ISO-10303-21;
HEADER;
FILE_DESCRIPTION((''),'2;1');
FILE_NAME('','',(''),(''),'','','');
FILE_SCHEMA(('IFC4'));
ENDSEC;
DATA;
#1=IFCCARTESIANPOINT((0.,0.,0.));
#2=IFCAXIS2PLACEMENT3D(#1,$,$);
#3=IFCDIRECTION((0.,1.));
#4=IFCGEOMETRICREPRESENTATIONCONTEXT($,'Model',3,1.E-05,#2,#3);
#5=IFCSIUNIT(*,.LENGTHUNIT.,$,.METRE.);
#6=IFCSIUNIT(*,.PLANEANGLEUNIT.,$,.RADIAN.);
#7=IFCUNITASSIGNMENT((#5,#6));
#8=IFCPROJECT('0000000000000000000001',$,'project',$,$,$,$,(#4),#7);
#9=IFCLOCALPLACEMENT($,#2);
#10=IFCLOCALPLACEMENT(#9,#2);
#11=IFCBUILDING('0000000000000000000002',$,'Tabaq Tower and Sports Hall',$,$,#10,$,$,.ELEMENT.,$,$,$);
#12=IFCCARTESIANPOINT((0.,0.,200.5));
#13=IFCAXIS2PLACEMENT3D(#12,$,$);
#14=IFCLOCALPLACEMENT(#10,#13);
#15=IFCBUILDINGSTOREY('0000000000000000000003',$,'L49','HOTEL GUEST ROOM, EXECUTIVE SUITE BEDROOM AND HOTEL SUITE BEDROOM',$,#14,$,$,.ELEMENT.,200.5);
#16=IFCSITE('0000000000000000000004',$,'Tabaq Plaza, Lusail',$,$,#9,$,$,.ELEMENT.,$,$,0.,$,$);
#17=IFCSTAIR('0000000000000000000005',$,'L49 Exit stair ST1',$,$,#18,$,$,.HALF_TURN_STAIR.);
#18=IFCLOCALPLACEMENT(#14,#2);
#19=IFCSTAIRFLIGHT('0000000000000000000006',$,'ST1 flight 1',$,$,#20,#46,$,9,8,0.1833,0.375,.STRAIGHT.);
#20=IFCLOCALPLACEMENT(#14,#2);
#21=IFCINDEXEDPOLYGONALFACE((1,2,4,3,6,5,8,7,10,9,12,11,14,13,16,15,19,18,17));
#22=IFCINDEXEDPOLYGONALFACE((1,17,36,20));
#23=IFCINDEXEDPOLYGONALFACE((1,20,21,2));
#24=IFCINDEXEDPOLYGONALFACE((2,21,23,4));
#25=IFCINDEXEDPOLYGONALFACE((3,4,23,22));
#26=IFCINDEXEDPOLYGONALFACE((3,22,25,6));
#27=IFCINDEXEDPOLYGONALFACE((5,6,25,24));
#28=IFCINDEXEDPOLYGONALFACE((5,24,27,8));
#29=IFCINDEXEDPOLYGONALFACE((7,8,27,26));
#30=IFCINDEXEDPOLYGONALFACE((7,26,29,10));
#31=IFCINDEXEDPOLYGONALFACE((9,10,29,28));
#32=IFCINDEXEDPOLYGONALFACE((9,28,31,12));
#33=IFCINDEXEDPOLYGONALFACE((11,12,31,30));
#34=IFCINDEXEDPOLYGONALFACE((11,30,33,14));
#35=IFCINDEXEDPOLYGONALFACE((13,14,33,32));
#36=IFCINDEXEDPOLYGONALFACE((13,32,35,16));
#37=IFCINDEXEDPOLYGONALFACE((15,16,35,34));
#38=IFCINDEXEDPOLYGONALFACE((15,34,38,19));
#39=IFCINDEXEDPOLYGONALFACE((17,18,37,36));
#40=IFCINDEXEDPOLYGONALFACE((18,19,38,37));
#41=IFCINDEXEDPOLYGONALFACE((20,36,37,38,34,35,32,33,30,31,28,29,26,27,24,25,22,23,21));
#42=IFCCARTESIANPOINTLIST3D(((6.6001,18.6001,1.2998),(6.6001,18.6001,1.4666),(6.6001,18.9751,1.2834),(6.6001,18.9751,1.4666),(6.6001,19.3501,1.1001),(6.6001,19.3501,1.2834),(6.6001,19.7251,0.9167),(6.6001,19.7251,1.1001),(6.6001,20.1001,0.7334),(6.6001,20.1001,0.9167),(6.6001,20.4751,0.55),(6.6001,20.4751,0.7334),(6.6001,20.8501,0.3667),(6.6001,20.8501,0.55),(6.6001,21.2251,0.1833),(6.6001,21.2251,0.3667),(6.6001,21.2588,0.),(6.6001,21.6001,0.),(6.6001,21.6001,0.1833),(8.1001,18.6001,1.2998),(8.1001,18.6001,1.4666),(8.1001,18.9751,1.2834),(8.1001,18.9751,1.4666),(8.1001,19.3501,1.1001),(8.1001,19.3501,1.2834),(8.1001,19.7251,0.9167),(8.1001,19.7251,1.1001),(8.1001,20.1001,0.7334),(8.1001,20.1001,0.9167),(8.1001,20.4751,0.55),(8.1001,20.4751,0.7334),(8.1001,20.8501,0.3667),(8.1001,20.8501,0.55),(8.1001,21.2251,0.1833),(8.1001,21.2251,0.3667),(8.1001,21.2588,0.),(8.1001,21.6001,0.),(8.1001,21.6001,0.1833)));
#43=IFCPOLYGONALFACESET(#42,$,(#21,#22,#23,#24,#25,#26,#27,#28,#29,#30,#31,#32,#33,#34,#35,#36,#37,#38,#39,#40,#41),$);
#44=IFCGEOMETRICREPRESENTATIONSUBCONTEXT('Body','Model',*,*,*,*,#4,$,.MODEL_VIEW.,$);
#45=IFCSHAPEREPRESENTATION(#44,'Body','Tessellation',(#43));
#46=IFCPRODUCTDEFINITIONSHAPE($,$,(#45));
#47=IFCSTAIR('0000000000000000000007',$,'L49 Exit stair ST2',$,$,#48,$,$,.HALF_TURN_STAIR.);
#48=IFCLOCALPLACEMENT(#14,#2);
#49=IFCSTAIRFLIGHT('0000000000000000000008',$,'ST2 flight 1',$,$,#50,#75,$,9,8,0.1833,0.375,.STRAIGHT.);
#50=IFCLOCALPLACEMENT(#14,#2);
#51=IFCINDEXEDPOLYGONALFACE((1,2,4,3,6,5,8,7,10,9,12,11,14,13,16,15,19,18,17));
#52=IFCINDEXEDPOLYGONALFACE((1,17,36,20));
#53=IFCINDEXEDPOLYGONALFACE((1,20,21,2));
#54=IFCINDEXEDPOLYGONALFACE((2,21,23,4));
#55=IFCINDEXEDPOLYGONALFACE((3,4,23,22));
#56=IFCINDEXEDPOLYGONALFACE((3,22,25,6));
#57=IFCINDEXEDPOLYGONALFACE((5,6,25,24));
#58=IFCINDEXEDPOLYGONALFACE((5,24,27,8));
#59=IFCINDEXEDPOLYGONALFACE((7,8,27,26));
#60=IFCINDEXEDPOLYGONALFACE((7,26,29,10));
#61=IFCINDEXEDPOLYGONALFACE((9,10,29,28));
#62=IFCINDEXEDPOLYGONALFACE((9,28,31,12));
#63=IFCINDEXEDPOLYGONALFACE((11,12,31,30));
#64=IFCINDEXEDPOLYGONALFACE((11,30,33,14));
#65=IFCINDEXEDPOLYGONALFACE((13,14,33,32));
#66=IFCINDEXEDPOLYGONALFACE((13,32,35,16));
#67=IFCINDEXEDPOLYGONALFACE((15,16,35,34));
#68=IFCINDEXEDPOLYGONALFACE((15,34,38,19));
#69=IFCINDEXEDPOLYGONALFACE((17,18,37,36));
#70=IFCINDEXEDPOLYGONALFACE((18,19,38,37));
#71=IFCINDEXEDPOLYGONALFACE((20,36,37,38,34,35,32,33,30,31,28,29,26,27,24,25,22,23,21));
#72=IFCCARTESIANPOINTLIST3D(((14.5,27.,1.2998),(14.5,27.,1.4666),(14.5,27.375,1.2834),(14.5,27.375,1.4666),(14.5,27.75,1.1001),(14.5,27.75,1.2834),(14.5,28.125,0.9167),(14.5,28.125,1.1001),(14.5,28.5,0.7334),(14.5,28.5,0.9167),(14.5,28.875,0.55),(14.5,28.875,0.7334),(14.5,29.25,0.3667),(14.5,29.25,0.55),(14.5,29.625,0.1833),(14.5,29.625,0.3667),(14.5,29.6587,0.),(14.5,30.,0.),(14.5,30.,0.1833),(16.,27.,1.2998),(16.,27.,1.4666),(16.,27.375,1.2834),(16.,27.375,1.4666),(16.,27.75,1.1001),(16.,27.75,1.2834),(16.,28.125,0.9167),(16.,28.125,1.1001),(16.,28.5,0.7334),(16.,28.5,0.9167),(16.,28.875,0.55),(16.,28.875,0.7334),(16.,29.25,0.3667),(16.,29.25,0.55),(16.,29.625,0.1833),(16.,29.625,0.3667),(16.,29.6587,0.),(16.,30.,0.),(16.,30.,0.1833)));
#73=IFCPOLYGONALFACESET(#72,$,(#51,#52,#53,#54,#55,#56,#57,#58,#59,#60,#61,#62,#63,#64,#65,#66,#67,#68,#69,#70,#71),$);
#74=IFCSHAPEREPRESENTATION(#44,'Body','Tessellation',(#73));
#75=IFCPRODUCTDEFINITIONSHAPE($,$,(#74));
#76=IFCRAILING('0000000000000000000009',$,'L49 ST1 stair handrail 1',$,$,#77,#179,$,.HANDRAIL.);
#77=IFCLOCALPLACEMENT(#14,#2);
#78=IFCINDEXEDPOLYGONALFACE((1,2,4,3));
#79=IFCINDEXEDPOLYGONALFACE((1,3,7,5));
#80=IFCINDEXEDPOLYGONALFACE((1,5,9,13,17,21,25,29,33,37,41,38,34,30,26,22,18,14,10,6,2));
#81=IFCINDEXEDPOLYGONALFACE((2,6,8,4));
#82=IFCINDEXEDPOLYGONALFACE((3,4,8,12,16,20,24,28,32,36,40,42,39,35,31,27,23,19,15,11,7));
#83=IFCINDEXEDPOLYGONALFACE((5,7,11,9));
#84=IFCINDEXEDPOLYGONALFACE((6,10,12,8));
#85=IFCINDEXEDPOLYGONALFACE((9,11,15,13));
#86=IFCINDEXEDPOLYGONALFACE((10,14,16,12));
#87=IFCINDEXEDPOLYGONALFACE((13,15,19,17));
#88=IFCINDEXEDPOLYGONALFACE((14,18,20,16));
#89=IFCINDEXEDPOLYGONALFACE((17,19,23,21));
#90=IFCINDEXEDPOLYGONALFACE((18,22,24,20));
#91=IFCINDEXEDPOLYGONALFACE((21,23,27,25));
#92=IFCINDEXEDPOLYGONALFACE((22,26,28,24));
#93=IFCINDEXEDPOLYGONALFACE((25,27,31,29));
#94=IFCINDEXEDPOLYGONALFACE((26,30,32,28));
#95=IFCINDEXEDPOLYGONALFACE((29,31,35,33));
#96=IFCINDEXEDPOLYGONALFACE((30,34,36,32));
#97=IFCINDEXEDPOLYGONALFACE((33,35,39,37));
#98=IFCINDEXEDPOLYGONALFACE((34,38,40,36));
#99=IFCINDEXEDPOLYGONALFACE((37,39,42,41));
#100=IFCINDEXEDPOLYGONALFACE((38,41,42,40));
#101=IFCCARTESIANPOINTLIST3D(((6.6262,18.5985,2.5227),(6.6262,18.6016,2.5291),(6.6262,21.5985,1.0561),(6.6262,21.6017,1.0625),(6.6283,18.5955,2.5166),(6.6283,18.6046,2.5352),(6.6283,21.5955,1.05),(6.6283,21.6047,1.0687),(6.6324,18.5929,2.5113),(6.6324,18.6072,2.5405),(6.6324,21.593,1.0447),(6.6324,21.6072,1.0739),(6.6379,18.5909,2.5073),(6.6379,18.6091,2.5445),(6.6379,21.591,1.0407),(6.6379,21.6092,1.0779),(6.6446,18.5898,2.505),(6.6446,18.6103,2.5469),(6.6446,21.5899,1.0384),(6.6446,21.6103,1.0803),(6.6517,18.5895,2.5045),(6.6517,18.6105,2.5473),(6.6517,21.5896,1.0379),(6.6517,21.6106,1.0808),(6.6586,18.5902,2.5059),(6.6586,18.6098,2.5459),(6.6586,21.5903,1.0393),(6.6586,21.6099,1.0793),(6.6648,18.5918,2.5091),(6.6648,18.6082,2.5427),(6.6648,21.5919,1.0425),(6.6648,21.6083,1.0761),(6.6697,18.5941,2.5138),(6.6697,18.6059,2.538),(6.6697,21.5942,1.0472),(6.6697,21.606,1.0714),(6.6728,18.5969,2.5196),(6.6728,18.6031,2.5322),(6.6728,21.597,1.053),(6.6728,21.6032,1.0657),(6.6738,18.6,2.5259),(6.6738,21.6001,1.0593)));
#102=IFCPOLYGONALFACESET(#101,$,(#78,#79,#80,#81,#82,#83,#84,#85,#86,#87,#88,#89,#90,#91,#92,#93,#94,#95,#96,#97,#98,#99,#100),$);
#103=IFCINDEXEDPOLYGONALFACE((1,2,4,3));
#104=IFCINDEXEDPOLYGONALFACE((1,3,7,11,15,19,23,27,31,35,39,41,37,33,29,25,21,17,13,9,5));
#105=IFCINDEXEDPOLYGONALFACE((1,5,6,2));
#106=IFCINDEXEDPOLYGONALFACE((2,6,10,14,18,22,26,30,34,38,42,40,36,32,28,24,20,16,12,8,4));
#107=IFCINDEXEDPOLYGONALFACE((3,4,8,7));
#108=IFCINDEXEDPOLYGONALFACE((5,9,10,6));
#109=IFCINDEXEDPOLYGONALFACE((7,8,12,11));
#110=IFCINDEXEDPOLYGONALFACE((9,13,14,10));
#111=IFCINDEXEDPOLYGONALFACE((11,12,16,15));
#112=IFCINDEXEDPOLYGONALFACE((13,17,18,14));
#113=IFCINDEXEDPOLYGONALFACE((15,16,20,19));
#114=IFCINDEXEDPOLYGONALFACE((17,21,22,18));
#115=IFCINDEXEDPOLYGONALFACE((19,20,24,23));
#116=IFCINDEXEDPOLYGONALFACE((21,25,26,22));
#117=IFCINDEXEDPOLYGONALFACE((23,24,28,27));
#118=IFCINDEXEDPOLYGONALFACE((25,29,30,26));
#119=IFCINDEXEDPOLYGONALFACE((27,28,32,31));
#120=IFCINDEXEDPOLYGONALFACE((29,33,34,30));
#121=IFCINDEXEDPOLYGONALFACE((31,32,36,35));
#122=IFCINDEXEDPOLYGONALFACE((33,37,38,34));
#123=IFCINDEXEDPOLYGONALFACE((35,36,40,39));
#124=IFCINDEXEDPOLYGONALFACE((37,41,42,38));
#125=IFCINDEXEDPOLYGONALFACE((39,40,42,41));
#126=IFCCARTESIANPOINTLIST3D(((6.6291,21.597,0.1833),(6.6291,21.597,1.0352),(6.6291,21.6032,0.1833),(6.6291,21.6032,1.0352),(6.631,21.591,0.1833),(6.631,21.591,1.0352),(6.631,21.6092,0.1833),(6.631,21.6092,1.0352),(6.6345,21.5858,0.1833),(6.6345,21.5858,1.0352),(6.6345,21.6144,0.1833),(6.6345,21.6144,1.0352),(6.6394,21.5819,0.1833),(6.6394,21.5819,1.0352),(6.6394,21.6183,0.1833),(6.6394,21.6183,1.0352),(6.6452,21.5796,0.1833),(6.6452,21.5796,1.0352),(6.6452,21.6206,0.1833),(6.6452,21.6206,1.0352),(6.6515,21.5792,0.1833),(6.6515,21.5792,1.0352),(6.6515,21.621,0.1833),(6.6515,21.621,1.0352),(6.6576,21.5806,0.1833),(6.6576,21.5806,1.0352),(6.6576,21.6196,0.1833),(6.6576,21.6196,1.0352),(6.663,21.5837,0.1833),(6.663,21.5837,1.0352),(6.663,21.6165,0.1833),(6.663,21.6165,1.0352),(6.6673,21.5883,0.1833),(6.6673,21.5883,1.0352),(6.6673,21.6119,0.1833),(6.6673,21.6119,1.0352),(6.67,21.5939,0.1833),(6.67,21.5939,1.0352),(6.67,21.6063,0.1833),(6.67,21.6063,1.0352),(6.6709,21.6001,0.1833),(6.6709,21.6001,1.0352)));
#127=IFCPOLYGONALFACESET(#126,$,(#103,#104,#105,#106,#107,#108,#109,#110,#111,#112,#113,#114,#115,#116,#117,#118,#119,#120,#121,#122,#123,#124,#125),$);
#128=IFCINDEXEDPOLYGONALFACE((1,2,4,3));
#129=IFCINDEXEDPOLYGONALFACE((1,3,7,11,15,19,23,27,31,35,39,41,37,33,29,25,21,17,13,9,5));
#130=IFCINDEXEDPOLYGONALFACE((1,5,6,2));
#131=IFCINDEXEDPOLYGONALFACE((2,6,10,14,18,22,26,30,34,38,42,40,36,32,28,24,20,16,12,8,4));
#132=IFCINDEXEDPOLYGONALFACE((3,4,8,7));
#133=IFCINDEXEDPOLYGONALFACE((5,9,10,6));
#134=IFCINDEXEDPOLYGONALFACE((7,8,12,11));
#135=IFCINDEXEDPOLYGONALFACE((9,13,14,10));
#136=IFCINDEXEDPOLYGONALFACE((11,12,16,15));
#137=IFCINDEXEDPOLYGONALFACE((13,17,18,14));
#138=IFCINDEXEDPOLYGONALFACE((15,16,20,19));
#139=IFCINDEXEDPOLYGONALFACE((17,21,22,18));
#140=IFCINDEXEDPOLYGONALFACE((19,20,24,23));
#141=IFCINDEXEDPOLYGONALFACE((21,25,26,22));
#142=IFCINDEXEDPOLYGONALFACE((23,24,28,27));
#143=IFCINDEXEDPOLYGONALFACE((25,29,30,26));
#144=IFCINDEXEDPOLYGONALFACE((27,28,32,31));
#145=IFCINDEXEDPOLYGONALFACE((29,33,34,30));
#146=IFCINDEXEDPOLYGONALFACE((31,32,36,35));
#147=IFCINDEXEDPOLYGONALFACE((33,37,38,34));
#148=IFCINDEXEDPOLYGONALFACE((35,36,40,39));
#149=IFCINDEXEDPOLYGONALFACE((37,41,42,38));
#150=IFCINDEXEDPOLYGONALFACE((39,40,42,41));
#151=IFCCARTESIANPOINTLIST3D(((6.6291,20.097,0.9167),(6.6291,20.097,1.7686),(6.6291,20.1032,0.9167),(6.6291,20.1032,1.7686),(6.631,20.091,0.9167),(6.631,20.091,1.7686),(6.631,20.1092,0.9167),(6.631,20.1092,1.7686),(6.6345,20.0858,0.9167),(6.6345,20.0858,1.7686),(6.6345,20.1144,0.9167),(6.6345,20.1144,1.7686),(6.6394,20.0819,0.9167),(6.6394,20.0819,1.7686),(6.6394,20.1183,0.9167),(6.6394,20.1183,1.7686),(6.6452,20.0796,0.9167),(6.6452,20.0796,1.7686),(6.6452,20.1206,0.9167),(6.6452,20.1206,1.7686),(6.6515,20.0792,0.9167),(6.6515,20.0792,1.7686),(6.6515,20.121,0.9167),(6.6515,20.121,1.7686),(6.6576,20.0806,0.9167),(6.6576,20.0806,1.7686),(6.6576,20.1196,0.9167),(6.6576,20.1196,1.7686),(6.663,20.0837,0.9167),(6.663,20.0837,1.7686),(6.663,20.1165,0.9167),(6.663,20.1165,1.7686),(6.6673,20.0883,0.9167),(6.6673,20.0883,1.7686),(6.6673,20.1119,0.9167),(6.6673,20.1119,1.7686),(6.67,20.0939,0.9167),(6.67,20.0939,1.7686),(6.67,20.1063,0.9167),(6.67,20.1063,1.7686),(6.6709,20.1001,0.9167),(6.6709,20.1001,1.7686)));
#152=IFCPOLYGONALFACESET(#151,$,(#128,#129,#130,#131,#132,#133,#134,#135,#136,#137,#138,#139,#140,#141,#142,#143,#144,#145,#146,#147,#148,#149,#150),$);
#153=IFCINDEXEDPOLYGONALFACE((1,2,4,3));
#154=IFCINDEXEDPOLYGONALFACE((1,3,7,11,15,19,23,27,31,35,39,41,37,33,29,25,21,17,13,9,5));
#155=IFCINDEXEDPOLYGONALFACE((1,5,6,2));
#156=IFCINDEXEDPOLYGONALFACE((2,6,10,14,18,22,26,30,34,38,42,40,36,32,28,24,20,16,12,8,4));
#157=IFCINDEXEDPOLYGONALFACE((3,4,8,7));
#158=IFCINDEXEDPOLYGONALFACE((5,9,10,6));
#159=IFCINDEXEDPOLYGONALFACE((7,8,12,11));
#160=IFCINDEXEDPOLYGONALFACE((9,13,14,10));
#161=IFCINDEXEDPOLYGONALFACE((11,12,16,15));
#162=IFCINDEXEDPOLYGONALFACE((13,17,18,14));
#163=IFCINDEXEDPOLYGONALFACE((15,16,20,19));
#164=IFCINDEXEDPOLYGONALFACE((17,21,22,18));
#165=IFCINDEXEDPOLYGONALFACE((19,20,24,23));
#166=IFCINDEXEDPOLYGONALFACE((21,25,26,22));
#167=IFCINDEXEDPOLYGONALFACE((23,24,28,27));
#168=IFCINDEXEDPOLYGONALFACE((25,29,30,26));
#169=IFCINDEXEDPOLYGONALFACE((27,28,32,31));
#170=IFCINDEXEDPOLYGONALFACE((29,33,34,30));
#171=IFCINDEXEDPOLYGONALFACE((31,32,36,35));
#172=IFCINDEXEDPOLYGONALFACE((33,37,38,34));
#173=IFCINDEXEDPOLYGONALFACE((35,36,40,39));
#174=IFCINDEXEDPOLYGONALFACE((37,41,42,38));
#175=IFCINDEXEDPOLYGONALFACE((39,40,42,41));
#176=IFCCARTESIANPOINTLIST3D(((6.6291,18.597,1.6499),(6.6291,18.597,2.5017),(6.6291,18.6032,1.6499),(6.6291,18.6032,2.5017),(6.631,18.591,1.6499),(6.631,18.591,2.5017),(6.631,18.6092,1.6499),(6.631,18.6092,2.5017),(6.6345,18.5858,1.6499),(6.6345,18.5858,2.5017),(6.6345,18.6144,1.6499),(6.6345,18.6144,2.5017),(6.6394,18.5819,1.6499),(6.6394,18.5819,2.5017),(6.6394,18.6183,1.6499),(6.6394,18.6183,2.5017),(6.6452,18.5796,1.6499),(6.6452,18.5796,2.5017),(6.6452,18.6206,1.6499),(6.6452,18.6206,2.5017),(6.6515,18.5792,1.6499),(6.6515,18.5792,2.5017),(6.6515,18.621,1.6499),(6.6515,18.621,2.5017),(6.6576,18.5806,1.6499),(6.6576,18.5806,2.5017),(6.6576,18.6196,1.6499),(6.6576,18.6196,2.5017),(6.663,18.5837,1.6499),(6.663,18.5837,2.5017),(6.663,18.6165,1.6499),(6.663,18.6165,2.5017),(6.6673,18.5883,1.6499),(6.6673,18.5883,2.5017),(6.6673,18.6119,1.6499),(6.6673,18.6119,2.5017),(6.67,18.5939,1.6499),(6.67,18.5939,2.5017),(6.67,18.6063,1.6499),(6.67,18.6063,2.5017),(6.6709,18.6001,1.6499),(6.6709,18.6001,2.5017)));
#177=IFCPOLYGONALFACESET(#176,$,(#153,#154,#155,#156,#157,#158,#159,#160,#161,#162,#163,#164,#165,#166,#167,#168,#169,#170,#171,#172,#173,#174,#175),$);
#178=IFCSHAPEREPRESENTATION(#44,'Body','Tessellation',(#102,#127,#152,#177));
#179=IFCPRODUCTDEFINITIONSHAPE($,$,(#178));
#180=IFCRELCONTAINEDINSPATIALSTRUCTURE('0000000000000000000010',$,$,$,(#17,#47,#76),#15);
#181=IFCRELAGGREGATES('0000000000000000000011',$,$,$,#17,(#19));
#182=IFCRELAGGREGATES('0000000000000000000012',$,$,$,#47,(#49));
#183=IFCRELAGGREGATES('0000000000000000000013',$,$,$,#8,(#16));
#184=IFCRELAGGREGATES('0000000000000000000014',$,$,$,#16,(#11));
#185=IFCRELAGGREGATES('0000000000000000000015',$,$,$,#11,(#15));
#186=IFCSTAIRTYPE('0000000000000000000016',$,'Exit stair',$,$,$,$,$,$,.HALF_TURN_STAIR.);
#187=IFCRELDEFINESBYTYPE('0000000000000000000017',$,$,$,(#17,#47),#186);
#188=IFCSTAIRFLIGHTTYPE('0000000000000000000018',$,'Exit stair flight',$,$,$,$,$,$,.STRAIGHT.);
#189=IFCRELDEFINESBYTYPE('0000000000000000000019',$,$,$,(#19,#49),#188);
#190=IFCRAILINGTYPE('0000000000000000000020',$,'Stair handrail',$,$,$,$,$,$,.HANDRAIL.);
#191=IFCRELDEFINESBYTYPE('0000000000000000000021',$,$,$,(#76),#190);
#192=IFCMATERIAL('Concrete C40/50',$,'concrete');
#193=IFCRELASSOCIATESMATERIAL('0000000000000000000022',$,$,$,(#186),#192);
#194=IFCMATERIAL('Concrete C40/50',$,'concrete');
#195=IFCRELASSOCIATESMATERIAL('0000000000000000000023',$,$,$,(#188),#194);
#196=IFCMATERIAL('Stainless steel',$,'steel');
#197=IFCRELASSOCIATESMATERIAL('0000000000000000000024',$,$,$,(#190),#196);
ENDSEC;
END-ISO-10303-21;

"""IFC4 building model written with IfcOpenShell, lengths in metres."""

from ifc_helpers import new_model, si_unit, direction, frame, origin, origin_2d, place, context, subcontext, project, spatial, polyline, circle, outline, extrude, material, type_object, element, aggregate, save


model = new_model("IFC4")

# Units and contexts
model_context = context("Model", 3, precision=1e-05, world=origin(), true_north=direction((0.0, 1.0)))
body_context = subcontext(model_context, "Body", "Model", "MODEL_VIEW")
ifc_project = project(units=[si_unit("LENGTHUNIT", "METRE"), si_unit("PLANEANGLEUNIT", "RADIAN")], contexts=[model_context])

# Site, building, storey
site_placement = place(None, origin())
site = spatial("IfcSite", under=ifc_project, at=site_placement, Name="Tabaq Plaza, Lusail", CompositionType="ELEMENT", RefElevation=0.0)
building_placement = place(site_placement, origin())
building = spatial("IfcBuilding", under=site, at=building_placement, Name="Tabaq Tower and Sports Hall", CompositionType="ELEMENT")
storey_placement = place(building_placement, frame((0.0, 0.0, 200.5)))
storey = spatial("IfcBuildingStorey", under=building, at=storey_placement, Name="L49", Description="HOTEL GUEST ROOM, EXECUTIVE SUITE BEDROOM AND HOTEL SUITE BEDROOM", CompositionType="ELEMENT", Elevation=200.5)

# Stairs, stair flights
ifc_material_1 = material(Name="Concrete C40/50", Category="concrete")
stair_type = type_object("IfcStairType", Name="Exit stair", PredefinedType="HALF_TURN_STAIR", material=ifc_material_1)
stair_1_placement = place(storey_placement, origin())
stair_1 = element("IfcStair", 1, at=stair_1_placement, inside=storey, type_object=stair_type, Name="L49 Exit stair ST1", PredefinedType="HALF_TURN_STAIR")
ifc_material_2 = material(Name="Concrete C40/50", Category="concrete")
stair_flight_type = type_object("IfcStairFlightType", Name="Exit stair flight", PredefinedType="STRAIGHT", material=ifc_material_2)
stair_flight_1_placement = place(storey_placement, frame((7.3501, 21.6001, 0.0), z_axis=(0.0, 0.0, 1.0), x_axis=(0.0, -1.0, 0.0)))
stair_flight_1 = element("IfcStairFlight", 2, at=stair_flight_1_placement, type_object=stair_flight_type, Name="ST1 flight 1", NumberOfRisers=9, NumberOfTreads=8, PredefinedType="STRAIGHT", RiserHeight=0.1833, TreadLength=0.375, context=body_context, shape_type="SweptSolid", body=[
    extrude(outline(polyline([(0.0, 0.0), (0.0, 0.1833), (0.375, 0.1833), (0.375, 0.3667), (0.75, 0.3667), (0.75, 0.55), (1.125, 0.55), (1.125, 0.7334), (1.5, 0.7334), (1.5, 0.9167), (1.875, 0.9167), (1.875, 1.1001), (2.25, 1.1001), (2.25, 1.2834), (2.625, 1.2834), (2.625, 1.4666), (3.0, 1.4666), (3.0, 1.6499), (3.0, 1.2998), (0.3413, 0.0), (0.0, 0.0)])), frame((0.0, 0.75, 0.0), z_axis=(0.0, -1.0, 0.0), x_axis=(1.0, 0.0, 0.0)), (0.0, 0.0, 1.0), 1.5),
])
aggregate(stair_1, [stair_flight_1])
stair_2_placement = place(storey_placement, origin())
stair_2 = element("IfcStair", 3, at=stair_2_placement, inside=storey, type_object=stair_type, Name="L49 Exit stair ST2", PredefinedType="HALF_TURN_STAIR")
stair_flight_2_placement = place(storey_placement, frame((15.25, 30.0, 0.0), z_axis=(0.0, 0.0, 1.0), x_axis=(0.0, -1.0, 0.0)))
stair_flight_2 = element("IfcStairFlight", 4, at=stair_flight_2_placement, type_object=stair_flight_type, Name="ST2 flight 1", NumberOfRisers=9, NumberOfTreads=8, PredefinedType="STRAIGHT", RiserHeight=0.1833, TreadLength=0.375, context=body_context, shape_type="SweptSolid", body=[
    extrude(outline(polyline([(0.0, 0.0), (0.0, 0.1833), (0.375, 0.1833), (0.375, 0.3667), (0.75, 0.3667), (0.75, 0.55), (1.125, 0.55), (1.125, 0.7334), (1.5, 0.7334), (1.5, 0.9167), (1.875, 0.9167), (1.875, 1.1001), (2.25, 1.1001), (2.25, 1.2834), (2.625, 1.2834), (2.625, 1.4666), (3.0, 1.4666), (3.0, 1.6499), (3.0, 1.2998), (0.3413, 0.0), (0.0, 0.0)])), frame((0.0, 0.75, 0.0), z_axis=(0.0, -1.0, 0.0), x_axis=(1.0, 0.0, 0.0)), (0.0, 0.0, 1.0), 1.5),
])
aggregate(stair_2, [stair_flight_2])

# Railing
ifc_material_3 = material(Name="Stainless steel", Category="steel")
railing_type_1 = type_object("IfcRailingType", Name="Stair handrail", PredefinedType="HANDRAIL", material=ifc_material_3)
for number, where, name in (
    (5, (6.6499, 21.6001, 0.1833), "L49 ST1 stair handrail 1"),
):
    element("IfcRailing", number, at=place(storey_placement, frame(where)), inside=storey, type_object=railing_type_1, Name=name, PredefinedType="HANDRAIL", context=body_context, shape_type="SweptSolid", body=[
        extrude(circle(Radius=0.0239, at=origin_2d()), frame((0.0, 0.0, 0.876), z_axis=(0.0, -0.898398, 0.439183), x_axis=(1.0, 0.0, 0.0)), (0.0, 0.0, 1.0), 3.3394),
        extrude(circle(Radius=0.021, at=origin_2d()), origin(), (0.0, 0.0, 1.0), 0.8518),
        extrude(circle(Radius=0.021, at=origin_2d()), frame((0.0, -1.5, 0.7334)), (0.0, 0.0, 1.0), 0.8518),
        extrude(circle(Radius=0.021, at=origin_2d()), frame((0.0, -3.0, 1.4666)), (0.0, 0.0, 1.0), 0.8518),
    ])

save(model, "model.ifc")
